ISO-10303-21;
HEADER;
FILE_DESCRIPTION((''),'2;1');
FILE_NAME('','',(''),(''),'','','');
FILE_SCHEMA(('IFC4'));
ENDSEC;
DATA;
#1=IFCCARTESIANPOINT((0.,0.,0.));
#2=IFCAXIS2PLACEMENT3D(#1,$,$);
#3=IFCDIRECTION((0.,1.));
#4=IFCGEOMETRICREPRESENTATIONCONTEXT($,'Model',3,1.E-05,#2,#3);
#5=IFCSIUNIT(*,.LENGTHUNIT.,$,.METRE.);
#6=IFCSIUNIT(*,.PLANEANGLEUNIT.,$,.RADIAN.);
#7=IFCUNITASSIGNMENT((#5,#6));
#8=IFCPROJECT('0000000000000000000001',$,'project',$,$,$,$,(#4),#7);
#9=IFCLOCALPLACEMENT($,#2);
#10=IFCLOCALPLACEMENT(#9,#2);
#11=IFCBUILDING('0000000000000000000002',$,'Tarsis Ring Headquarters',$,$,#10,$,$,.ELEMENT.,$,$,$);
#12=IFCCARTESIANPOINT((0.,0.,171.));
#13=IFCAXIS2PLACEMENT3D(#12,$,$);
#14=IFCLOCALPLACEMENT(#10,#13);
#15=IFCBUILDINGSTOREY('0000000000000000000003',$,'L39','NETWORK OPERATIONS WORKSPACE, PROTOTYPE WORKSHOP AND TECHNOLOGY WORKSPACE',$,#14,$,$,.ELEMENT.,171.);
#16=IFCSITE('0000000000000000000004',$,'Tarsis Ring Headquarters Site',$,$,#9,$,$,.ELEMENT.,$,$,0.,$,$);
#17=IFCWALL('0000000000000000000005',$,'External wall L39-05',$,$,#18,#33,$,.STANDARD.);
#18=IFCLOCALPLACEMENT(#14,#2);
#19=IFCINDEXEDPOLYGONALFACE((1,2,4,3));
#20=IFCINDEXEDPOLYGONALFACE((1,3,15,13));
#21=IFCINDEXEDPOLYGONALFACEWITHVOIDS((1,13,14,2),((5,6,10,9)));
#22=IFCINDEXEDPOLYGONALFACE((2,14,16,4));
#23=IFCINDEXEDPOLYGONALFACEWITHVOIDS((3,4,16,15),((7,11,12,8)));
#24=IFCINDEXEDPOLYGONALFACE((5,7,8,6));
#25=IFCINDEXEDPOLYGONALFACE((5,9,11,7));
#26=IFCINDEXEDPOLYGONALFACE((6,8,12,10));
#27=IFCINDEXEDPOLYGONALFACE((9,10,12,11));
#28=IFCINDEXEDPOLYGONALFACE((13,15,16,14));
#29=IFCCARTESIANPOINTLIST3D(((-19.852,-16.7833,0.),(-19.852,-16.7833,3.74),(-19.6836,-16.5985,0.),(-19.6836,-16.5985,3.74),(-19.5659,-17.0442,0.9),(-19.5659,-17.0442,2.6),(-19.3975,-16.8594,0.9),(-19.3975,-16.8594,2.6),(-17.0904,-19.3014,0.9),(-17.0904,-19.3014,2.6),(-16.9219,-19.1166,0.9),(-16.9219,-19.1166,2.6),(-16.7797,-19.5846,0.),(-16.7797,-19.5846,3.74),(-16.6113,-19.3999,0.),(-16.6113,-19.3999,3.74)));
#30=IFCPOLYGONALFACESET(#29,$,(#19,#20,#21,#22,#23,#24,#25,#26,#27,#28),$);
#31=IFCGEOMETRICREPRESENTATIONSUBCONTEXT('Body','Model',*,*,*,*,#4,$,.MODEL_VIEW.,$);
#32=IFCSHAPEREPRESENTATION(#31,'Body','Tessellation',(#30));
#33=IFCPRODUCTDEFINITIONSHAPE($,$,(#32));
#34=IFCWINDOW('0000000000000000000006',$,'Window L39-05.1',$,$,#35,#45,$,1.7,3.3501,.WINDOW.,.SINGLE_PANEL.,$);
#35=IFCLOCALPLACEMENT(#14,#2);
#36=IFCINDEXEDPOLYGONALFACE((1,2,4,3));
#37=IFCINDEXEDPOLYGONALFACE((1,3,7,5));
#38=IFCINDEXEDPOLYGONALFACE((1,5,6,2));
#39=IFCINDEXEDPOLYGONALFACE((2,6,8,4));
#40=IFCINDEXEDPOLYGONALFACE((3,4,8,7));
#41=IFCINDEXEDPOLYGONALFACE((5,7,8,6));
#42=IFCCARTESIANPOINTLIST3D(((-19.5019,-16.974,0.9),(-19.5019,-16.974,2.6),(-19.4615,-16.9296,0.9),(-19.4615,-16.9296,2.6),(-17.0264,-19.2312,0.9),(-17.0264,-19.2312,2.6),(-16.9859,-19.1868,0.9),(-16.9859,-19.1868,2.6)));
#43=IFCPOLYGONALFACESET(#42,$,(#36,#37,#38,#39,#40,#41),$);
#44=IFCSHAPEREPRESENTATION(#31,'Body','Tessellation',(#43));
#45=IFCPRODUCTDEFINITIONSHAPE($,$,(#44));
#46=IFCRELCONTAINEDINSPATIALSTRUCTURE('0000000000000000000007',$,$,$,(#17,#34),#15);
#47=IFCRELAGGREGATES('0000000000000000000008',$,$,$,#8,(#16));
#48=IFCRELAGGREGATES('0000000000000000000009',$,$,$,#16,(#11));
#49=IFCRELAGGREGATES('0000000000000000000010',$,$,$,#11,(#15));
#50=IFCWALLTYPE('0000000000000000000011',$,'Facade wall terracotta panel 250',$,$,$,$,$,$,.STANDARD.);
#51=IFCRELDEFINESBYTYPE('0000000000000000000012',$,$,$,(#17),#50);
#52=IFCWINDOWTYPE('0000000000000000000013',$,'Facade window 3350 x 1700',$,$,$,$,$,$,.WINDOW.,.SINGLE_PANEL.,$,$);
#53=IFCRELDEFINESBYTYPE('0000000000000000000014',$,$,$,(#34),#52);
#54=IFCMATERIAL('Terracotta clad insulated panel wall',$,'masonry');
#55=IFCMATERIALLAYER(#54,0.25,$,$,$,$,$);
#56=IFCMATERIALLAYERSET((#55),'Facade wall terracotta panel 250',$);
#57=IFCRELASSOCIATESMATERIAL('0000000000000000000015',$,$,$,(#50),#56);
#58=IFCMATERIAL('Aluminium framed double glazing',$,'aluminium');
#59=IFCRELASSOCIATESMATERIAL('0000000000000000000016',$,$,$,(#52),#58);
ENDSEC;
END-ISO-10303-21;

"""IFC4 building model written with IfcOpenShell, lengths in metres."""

from ifc_helpers import new_model, si_unit, direction, frame, frame_2d, origin, place, context, subcontext, project, spatial, rectangle, extrude, material, layer, layer_set, type_object, element, fill, save


model = new_model("IFC4")

# Units and contexts
model_context = context("Model", 3, precision=1e-05, world=origin(), true_north=direction((0.0, 1.0)))
body_context = subcontext(model_context, "Body", "Model", "MODEL_VIEW")
ifc_project = project(units=[si_unit("LENGTHUNIT", "METRE"), si_unit("PLANEANGLEUNIT", "RADIAN")], contexts=[model_context])

# Site, building, storey
site_placement = place(None, origin())
site = spatial("IfcSite", under=ifc_project, at=site_placement, Name="Tarsis Ring Headquarters Site", CompositionType="ELEMENT", RefElevation=0.0)
building_placement = place(site_placement, origin())
building = spatial("IfcBuilding", under=site, at=building_placement, Name="Tarsis Ring Headquarters", CompositionType="ELEMENT")
storey_placement = place(building_placement, frame((0.0, 0.0, 171.0)))
storey = spatial("IfcBuildingStorey", under=building, at=storey_placement, Name="L39", Description="NETWORK OPERATIONS WORKSPACE, PROTOTYPE WORKSHOP AND TECHNOLOGY WORKSPACE", CompositionType="ELEMENT", Elevation=171.0)

# Wall, opening, window
ifc_material_1 = material(Name="Terracotta clad insulated panel wall", Category="masonry")
ifc_layer_1 = layer(ifc_material_1, 0.25)
ifc_layer_set_1 = layer_set([ifc_layer_1], Name="Facade wall terracotta panel 250")
wall_type_1 = type_object("IfcWallType", Name="Facade wall terracotta panel 250", PredefinedType="STANDARD", material=ifc_layer_set_1)
wall_1_placement = place(storey_placement, frame((-19.7678, -16.6909, 0.0), z_axis=(0.0, 0.0, 1.0), x_axis=(0.738946, -0.673765, 0.0)))
wall_1 = element("IfcWall", 1, at=wall_1_placement, inside=storey, type_object=wall_type_1, Name="External wall L39-05", PredefinedType="STANDARD", context=body_context, shape_type="SweptSolid", body=[
    extrude(rectangle(XDim=4.1577, YDim=0.25, at=frame_2d((2.0789, 0.0))), origin(), (0.0, 0.0, 1.0), 3.74),
])
opening_1_placement = place(wall_1_placement, frame((0.3872, 0.0, 0.8999)))
opening_1 = element("IfcOpeningElement", 2, at=opening_1_placement, cuts=wall_1, PredefinedType="OPENING", context=body_context, shape_type="SweptSolid", body=[
    extrude(rectangle(XDim=3.3501, YDim=1.7, at=frame_2d((1.675, 0.8501))), frame((0.0, 0.135, 0.0), z_axis=(0.0, -1.0, 0.0), x_axis=(1.0, 0.0, 0.0)), (0.0, 0.0, 1.0), 0.27),
])
ifc_material_2 = material(Name="Aluminium framed double glazing", Category="aluminium")
window_type = type_object("IfcWindowType", Name="Facade window 3350 x 1700", PartitioningType="SINGLE_PANEL", PredefinedType="WINDOW", material=ifc_material_2)
window_placement = place(opening_1_placement, origin())
window = element("IfcWindow", 3, at=window_placement, inside=storey, type_object=window_type, Name="Window L39-05.1", OverallHeight=1.7, OverallWidth=3.3501, PartitioningType="SINGLE_PANEL", PredefinedType="WINDOW", context=body_context, shape_type="SweptSolid", body=[
    extrude(rectangle(XDim=3.3501, YDim=1.7, at=frame_2d((1.675, 0.8501))), frame((0.0, 0.03, 0.0), z_axis=(0.0, -1.0, 0.0), x_axis=(1.0, 0.0, 0.0)), (0.0, 0.0, 1.0), 0.0601),
])
fill(opening_1, window)

save(model, "model.ifc")
